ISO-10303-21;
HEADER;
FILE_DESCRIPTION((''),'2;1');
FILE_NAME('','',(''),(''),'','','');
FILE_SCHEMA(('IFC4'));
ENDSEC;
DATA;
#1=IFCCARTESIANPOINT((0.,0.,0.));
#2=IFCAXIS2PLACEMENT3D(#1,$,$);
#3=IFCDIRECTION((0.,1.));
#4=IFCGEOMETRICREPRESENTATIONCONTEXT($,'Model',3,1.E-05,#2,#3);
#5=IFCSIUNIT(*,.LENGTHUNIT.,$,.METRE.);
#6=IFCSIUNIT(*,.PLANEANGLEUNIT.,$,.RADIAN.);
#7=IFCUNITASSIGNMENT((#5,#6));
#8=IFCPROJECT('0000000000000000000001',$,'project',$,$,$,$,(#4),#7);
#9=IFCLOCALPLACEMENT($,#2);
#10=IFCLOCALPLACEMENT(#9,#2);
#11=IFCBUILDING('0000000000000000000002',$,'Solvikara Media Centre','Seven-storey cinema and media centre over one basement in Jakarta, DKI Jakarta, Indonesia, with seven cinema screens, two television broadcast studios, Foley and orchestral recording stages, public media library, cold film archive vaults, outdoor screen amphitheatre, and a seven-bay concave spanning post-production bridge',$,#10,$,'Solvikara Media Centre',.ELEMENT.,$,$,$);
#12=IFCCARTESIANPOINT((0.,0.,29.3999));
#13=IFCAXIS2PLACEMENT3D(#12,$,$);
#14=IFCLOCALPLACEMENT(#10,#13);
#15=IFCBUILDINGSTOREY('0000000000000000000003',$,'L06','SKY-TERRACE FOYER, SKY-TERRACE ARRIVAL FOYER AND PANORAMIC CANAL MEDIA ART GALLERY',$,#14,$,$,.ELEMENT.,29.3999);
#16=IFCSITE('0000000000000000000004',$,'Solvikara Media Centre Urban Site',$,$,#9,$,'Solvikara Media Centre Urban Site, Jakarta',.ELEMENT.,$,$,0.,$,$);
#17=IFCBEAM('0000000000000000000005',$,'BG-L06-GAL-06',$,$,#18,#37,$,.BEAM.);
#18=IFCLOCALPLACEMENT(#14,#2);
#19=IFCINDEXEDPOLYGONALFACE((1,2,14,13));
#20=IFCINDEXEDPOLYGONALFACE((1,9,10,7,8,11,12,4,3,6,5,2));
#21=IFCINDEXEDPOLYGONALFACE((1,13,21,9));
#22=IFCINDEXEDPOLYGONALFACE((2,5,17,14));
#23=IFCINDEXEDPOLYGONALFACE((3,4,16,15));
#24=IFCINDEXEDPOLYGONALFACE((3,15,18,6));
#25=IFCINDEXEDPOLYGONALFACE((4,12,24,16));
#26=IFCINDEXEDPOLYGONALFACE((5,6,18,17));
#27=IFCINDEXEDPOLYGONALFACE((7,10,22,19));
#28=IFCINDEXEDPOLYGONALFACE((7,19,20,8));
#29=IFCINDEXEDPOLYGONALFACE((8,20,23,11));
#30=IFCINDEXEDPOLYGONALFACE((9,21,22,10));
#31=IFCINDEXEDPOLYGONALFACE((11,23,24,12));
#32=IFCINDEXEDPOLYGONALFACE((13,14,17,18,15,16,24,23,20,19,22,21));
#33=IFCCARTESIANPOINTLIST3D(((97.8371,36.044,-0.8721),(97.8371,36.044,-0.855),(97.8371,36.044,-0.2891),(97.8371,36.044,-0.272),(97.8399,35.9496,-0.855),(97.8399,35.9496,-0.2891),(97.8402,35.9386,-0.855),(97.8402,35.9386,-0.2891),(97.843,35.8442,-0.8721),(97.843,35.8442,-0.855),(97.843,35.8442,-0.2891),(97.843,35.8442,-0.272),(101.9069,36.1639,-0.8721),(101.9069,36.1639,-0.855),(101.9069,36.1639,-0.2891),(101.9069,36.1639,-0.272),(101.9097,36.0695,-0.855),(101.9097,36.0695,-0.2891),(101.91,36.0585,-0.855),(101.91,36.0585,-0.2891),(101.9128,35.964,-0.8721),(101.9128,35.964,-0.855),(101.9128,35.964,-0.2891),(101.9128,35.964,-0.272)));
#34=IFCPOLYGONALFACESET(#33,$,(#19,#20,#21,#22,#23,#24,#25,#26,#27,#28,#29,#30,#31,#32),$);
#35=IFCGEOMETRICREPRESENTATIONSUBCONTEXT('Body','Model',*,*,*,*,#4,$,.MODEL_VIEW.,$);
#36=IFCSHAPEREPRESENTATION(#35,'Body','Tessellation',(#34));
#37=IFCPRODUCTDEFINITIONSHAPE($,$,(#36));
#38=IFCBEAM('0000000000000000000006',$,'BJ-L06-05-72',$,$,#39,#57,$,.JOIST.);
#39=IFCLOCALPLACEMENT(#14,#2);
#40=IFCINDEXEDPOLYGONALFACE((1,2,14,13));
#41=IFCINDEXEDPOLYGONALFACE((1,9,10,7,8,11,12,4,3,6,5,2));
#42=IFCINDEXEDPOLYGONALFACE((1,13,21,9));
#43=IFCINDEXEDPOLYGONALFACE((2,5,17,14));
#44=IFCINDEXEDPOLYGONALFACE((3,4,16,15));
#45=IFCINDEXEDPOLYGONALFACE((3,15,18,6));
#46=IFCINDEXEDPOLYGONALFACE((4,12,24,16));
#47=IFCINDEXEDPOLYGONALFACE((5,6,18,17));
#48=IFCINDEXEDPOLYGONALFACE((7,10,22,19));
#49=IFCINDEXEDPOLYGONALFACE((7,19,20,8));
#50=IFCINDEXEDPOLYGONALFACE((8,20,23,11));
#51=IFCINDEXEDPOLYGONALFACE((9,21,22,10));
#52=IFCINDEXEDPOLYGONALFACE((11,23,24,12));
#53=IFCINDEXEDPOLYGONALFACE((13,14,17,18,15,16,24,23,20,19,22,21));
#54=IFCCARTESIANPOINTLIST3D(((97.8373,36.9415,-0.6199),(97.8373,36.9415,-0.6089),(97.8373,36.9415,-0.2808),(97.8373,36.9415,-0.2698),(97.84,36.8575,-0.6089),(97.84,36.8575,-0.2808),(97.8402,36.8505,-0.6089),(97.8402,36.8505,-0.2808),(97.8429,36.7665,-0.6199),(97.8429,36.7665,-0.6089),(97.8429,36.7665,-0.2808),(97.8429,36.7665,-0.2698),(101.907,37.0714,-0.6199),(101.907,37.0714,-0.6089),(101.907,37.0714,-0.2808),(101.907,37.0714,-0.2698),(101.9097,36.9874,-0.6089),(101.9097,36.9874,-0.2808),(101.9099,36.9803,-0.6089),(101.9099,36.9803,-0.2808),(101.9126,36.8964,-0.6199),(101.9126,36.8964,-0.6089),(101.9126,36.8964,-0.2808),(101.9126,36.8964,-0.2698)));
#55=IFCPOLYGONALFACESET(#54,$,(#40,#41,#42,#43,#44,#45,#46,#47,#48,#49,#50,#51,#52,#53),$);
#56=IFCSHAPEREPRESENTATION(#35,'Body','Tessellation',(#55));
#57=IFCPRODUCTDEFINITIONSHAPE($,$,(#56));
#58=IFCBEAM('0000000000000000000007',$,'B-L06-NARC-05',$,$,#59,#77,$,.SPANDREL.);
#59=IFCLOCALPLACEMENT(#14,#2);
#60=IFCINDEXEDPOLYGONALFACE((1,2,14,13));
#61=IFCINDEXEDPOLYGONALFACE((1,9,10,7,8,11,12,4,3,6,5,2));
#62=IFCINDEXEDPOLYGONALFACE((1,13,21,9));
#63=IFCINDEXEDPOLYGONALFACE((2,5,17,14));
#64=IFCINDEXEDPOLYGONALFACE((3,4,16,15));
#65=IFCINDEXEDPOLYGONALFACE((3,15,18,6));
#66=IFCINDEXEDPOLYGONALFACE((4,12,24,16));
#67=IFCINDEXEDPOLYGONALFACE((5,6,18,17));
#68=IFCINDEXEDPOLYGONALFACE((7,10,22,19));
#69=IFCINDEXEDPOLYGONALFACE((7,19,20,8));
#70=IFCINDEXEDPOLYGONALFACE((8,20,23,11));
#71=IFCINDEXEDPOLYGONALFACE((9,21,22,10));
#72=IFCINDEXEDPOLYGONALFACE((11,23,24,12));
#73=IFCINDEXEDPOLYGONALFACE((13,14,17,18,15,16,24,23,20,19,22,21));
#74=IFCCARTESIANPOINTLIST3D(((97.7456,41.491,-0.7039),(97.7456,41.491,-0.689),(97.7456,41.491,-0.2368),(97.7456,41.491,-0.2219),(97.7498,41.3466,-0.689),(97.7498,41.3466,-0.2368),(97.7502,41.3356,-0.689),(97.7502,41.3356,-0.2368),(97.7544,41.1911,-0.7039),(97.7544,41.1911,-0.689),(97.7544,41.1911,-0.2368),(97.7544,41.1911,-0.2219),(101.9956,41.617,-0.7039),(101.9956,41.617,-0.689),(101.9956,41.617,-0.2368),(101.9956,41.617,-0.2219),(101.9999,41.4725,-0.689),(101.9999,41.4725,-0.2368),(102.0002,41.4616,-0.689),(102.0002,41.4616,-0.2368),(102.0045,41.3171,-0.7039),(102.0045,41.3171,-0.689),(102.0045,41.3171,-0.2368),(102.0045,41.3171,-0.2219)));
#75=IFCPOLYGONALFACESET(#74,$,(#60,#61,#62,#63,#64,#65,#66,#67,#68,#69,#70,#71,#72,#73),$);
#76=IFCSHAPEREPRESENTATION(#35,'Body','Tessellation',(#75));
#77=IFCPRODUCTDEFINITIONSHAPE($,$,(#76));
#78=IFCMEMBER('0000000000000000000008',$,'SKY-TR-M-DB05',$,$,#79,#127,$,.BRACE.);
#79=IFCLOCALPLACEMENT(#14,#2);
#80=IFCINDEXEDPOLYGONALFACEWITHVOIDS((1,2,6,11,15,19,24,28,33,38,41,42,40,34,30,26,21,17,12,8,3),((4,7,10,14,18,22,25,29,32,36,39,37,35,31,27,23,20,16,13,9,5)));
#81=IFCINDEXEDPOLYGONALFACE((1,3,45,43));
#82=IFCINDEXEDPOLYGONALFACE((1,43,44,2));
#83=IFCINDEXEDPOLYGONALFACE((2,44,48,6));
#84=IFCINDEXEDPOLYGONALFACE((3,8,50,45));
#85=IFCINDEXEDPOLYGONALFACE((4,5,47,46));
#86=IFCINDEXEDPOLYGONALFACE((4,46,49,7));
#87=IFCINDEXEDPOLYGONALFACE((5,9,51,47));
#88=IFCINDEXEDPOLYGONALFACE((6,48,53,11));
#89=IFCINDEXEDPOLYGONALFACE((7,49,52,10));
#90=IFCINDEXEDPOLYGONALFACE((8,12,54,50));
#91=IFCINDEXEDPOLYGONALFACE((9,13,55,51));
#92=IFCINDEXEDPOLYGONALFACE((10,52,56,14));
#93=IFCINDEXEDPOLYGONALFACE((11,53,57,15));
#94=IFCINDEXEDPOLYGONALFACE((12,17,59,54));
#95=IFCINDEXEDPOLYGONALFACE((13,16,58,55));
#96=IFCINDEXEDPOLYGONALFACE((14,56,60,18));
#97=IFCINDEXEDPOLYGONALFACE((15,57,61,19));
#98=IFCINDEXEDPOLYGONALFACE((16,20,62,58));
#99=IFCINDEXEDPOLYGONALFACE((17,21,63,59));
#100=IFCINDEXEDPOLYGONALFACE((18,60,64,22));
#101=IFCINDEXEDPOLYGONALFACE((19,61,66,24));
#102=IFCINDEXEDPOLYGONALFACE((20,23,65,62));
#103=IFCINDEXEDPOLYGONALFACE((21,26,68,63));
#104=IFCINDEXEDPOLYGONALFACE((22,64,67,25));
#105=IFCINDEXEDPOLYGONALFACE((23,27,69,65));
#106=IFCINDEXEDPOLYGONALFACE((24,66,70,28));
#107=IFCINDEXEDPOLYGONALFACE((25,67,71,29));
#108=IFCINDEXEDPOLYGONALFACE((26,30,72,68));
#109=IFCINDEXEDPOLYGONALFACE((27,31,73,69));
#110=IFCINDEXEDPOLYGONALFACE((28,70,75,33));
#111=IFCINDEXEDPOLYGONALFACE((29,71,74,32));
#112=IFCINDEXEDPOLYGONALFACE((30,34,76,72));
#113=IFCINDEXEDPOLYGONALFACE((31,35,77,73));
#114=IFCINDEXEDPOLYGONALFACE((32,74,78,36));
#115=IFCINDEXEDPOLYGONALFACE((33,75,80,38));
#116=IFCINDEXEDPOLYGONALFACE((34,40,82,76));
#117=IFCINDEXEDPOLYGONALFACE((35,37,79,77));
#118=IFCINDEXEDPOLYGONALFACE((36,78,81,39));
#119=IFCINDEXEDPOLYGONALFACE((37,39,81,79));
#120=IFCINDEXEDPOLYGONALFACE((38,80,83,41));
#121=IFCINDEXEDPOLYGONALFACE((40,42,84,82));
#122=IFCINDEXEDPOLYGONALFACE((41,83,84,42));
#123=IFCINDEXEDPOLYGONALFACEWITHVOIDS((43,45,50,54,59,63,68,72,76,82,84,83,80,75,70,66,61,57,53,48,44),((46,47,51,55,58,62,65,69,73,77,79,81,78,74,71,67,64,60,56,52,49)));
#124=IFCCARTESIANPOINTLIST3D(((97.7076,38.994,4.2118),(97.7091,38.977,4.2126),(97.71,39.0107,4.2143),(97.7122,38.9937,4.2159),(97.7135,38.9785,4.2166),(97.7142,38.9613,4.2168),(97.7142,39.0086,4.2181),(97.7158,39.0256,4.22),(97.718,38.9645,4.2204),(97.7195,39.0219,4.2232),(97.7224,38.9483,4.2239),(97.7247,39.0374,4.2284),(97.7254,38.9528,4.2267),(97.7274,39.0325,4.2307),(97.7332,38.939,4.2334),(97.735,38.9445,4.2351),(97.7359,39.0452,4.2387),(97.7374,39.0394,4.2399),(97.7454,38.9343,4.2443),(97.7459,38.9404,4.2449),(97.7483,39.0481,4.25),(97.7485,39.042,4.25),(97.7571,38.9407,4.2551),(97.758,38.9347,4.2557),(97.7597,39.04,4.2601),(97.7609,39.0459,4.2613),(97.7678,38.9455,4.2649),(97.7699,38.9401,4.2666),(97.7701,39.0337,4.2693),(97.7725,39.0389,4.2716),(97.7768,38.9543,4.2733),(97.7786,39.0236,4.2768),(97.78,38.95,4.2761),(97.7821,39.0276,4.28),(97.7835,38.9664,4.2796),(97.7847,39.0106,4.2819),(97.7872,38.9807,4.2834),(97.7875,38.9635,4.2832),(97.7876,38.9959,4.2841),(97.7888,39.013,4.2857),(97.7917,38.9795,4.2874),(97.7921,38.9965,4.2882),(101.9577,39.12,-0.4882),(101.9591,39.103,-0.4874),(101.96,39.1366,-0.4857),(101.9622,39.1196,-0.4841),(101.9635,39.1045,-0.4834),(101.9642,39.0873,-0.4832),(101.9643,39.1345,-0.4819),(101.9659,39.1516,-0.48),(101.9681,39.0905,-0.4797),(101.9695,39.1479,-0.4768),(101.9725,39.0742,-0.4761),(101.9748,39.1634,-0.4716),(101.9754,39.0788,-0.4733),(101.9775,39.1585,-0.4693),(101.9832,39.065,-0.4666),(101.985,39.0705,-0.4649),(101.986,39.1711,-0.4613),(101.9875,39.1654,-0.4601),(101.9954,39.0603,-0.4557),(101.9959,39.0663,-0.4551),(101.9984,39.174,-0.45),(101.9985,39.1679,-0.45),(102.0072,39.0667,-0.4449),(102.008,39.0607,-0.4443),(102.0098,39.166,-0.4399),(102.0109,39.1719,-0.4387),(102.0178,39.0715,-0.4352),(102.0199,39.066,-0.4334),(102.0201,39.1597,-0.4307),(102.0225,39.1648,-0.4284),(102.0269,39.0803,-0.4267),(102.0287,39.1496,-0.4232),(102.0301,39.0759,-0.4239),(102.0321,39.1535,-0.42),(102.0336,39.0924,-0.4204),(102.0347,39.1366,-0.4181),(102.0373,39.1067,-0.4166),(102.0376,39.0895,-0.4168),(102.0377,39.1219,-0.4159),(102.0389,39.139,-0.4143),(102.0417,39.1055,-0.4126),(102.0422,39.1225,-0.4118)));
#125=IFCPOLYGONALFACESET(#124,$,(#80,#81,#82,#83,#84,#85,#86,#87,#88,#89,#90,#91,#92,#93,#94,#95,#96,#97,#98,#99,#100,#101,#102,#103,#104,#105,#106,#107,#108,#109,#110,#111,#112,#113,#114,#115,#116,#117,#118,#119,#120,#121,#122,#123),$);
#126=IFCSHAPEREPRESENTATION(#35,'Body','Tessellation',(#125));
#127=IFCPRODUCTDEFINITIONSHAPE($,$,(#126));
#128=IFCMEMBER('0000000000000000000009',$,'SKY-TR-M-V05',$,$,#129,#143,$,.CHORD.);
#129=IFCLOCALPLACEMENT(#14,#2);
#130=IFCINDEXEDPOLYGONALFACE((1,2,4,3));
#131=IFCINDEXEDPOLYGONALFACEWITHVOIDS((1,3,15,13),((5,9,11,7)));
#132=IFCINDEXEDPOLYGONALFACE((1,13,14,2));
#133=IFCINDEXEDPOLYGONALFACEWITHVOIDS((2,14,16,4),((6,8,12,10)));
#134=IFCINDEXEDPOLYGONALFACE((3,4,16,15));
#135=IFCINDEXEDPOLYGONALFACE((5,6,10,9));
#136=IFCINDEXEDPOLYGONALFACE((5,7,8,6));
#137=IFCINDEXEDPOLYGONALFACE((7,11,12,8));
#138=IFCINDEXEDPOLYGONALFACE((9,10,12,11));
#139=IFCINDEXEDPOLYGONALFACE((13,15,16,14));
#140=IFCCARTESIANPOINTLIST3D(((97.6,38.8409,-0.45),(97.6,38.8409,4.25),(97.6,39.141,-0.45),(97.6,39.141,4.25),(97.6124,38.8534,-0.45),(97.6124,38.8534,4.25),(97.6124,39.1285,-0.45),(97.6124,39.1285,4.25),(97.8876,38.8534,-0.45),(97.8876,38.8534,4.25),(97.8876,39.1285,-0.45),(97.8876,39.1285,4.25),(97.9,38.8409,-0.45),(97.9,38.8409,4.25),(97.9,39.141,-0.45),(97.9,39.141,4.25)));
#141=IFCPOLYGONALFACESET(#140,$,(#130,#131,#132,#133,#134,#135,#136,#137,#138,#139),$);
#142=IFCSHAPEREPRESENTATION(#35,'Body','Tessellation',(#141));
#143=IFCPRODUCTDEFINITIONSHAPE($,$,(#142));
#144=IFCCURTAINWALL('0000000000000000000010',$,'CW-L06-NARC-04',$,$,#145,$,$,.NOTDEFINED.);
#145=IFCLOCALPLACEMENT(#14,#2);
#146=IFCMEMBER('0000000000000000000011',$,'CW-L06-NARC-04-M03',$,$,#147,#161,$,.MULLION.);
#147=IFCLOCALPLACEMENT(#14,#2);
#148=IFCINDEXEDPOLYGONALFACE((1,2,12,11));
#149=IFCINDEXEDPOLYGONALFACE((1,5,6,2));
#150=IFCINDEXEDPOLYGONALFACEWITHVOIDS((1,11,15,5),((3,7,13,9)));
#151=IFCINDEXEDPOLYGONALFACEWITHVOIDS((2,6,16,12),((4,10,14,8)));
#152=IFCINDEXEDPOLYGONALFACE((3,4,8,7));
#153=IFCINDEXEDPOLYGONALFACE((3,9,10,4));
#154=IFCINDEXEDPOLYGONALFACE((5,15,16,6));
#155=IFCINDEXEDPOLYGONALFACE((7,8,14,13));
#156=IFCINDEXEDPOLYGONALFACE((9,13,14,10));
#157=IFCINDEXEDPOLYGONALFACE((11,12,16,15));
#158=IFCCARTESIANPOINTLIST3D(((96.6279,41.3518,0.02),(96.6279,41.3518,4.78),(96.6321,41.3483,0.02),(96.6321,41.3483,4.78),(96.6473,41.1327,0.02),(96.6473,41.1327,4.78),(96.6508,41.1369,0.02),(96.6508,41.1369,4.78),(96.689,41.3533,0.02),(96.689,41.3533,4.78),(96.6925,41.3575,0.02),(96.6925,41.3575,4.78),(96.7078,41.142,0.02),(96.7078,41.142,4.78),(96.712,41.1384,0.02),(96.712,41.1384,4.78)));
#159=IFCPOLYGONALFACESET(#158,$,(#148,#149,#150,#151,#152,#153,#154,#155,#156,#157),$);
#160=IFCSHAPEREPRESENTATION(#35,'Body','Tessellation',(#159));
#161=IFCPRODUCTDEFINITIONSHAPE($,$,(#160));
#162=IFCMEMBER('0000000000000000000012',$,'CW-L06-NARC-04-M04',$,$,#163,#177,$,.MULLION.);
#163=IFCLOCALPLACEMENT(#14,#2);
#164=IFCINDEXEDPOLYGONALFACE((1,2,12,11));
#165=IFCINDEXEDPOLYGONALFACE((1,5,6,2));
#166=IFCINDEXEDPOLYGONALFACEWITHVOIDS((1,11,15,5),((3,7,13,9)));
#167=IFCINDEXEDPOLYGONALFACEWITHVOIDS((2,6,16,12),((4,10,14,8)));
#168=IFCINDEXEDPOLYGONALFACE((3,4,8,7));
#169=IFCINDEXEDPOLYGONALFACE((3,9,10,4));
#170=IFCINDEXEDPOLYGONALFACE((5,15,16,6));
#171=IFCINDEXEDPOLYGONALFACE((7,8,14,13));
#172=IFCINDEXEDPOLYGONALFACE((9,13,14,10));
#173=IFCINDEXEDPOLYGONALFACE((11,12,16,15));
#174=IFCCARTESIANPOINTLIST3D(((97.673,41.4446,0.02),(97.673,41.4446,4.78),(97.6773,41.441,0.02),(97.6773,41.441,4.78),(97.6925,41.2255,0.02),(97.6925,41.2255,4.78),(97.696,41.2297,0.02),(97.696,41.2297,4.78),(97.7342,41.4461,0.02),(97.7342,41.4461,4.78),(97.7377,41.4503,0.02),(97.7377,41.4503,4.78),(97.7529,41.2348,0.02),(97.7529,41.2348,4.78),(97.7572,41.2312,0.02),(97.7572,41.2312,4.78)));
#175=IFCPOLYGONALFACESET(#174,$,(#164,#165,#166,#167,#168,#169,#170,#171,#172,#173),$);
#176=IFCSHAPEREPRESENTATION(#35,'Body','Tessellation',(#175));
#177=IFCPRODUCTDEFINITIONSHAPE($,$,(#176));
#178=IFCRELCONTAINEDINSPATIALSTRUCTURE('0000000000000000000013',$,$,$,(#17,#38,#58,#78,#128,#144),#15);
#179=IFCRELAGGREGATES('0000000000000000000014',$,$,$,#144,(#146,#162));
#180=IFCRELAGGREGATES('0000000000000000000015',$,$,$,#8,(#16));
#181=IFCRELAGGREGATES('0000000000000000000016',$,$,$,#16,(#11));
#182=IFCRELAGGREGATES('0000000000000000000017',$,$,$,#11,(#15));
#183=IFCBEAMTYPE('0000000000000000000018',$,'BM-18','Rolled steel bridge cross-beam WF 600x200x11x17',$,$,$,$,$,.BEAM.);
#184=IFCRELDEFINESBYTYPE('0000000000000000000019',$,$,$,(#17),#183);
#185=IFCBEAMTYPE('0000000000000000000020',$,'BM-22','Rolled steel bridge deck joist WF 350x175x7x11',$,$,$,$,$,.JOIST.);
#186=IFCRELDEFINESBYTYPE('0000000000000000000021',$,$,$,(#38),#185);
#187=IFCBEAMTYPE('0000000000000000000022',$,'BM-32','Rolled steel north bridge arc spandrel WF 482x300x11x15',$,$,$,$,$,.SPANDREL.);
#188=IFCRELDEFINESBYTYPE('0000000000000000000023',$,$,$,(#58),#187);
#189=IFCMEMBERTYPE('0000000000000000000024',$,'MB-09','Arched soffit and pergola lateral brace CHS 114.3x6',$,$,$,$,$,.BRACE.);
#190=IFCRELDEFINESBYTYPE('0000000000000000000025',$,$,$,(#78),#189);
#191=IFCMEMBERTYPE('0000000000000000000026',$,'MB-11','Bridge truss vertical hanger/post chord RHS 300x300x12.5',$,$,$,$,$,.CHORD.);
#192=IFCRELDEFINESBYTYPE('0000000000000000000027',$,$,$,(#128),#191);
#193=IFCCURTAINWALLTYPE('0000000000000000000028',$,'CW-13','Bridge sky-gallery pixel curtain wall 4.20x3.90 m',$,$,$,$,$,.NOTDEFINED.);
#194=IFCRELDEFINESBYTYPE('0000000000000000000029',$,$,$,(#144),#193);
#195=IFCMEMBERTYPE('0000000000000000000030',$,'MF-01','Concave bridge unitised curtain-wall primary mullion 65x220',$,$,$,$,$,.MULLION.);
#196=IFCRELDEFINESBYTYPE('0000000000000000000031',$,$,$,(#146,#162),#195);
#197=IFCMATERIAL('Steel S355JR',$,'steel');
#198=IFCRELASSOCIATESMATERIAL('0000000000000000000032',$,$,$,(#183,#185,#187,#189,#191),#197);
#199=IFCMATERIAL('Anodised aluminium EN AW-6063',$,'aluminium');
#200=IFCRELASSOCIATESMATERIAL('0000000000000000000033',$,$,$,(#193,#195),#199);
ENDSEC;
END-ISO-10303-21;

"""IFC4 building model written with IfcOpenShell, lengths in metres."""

from ifc_helpers import new_model, si_unit, direction, frame, origin, origin_2d, place, context, subcontext, project, spatial, hollow_rectangle, hollow_circle, i_section, extrude, material, material_profile, profile_set, type_object, element, aggregate, save


model = new_model("IFC4")

# Units and contexts
model_context = context("Model", 3, precision=1e-05, world=origin(), true_north=direction((0.0, 1.0)))
body_context = subcontext(model_context, "Body", "Model", "MODEL_VIEW")
ifc_project = project(units=[si_unit("LENGTHUNIT", "METRE"), si_unit("PLANEANGLEUNIT", "RADIAN")], contexts=[model_context])

# Site, building, storey
site_placement = place(None, origin())
site = spatial("IfcSite", under=ifc_project, at=site_placement, Name="Solvikara Media Centre Urban Site", LongName="Solvikara Media Centre Urban Site, Jakarta", CompositionType="ELEMENT", RefElevation=0.0)
building_placement = place(site_placement, origin())
building = spatial("IfcBuilding", under=site, at=building_placement, Name="Solvikara Media Centre", Description="Seven-storey cinema and media centre over one basement in Jakarta, DKI Jakarta, Indonesia, with seven cinema screens, two television broadcast studios, Foley and orchestral recording stages, public media library, cold film archive vaults, outdoor screen amphitheatre, and a seven-bay concave spanning post-production bridge", LongName="Solvikara Media Centre", CompositionType="ELEMENT")
storey_placement = place(building_placement, frame((0.0, 0.0, 29.3999)))
storey = spatial("IfcBuildingStorey", under=building, at=storey_placement, Name="L06", Description="SKY-TERRACE FOYER, SKY-TERRACE ARRIVAL FOYER AND PANORAMIC CANAL MEDIA ART GALLERY", CompositionType="ELEMENT", Elevation=29.3999)

# Beams
ifc_material_1 = material(Name="Steel S355JR", Category="steel")
ifc_material_profile_1 = material_profile(ifc_material_1, i_section(OverallWidth=0.2, OverallDepth=0.6001, WebThickness=0.011, FlangeThickness=0.0171, at=origin_2d()), Name="WF 600x200x11x17")
ifc_profile_set_1 = profile_set([ifc_material_profile_1], Name="Steel S355JR")
beam_type_1 = type_object("IfcBeamType", Name="BM-18", Description="Rolled steel bridge cross-beam WF 600x200x11x17", PredefinedType="BEAM", material=ifc_profile_set_1)
beam_1_placement = place(storey_placement, frame((97.8401, 35.9441, -0.572), z_axis=(0.999567, 0.029441, 0.0), x_axis=(-0.029441, 0.999567, 0.0)))
element("IfcBeam", 1, at=beam_1_placement, inside=storey, type_object=beam_type_1, Name="BG-L06-GAL-06", PredefinedType="BEAM", context=body_context, shape_type="SweptSolid", body=[
    extrude(i_section(OverallWidth=0.2, OverallDepth=0.6001, WebThickness=0.011, FlangeThickness=0.0171, at=origin_2d()), origin(), (0.0, 0.0, 1.0), 4.0715),
])
ifc_material_profile_2 = material_profile(ifc_material_1, i_section(OverallWidth=0.175, OverallDepth=0.3501, WebThickness=0.0071, FlangeThickness=0.011, at=origin_2d()), Name="WF 350x175x7x11")
ifc_profile_set_2 = profile_set([ifc_material_profile_2], Name="Steel S355JR")
beam_type_2 = type_object("IfcBeamType", Name="BM-22", Description="Rolled steel bridge deck joist WF 350x175x7x11", PredefinedType="JOIST", material=ifc_profile_set_2)
beam_2_placement = place(storey_placement, frame((97.8401, 36.854, -0.4448), z_axis=(0.999491, 0.031897, 0.0), x_axis=(-0.031897, 0.999491, 0.0)))
element("IfcBeam", 2, at=beam_2_placement, inside=storey, type_object=beam_type_2, Name="BJ-L06-05-72", PredefinedType="JOIST", context=body_context, shape_type="SweptSolid", body=[
    extrude(i_section(OverallWidth=0.175, OverallDepth=0.3501, WebThickness=0.0071, FlangeThickness=0.011, at=origin_2d()), origin(), (0.0, 0.0, 1.0), 4.0718),
])
ifc_material_profile_3 = material_profile(ifc_material_1, i_section(OverallWidth=0.3, OverallDepth=0.4819, WebThickness=0.011, FlangeThickness=0.0149, at=origin_2d()), Name="WF 482x300x11x15")
ifc_profile_set_3 = profile_set([ifc_material_profile_3], Name="Steel S355JR")
beam_type_3 = type_object("IfcBeamType", Name="BM-32", Description="Rolled steel north bridge arc spandrel WF 482x300x11x15", PredefinedType="SPANDREL", material=ifc_profile_set_3)
beam_3_placement = place(storey_placement, frame((97.75, 41.3411, -0.4629), z_axis=(0.999561, 0.029629, 0.0), x_axis=(-0.029629, 0.999561, 0.0)))
element("IfcBeam", 3, at=beam_3_placement, inside=storey, type_object=beam_type_3, Name="B-L06-NARC-05", PredefinedType="SPANDREL", context=body_context, shape_type="SweptSolid", body=[
    extrude(i_section(OverallWidth=0.3, OverallDepth=0.4819, WebThickness=0.011, FlangeThickness=0.0149, at=origin_2d()), origin(), (0.0, 0.0, 1.0), 4.252),
])

# Members
ifc_material_profile_4 = material_profile(ifc_material_1, hollow_circle(Radius=0.0571, WallThickness=0.0061, at=origin_2d()), Name="CHS 114.3x6")
ifc_profile_set_4 = profile_set([ifc_material_profile_4], Name="Steel S355JR")
member_type_1 = type_object("IfcMemberType", Name="MB-09", Description="Arched soffit and pergola lateral brace CHS 114.3x6", PredefinedType="BRACE", material=ifc_profile_set_4)
member_1_placement = place(storey_placement, frame((97.75, 38.991, 4.25), z_axis=(0.670578, 0.019877, -0.741573), x_axis=(-0.029629, 0.999561, 0.0)))
element("IfcMember", 4, at=member_1_placement, inside=storey, type_object=member_type_1, Name="SKY-TR-M-DB05", PredefinedType="BRACE", context=body_context, shape_type="SweptSolid", body=[
    extrude(hollow_circle(Radius=0.0571, WallThickness=0.0061, at=origin_2d()), origin(), (0.0, 0.0, 1.0), 6.3379),
])
ifc_material_profile_5 = material_profile(ifc_material_1, hollow_rectangle(XDim=0.3, YDim=0.3, WallThickness=0.0125, at=origin_2d()), Name="RHS 300x300x12.5")
ifc_profile_set_5 = profile_set([ifc_material_profile_5], Name="Steel S355JR")
member_type_2 = type_object("IfcMemberType", Name="MB-11", Description="Bridge truss vertical hanger/post chord RHS 300x300x12.5", PredefinedType="CHORD", material=ifc_profile_set_5)
member_2_placement = place(storey_placement, frame((97.75, 38.991, -0.45), z_axis=(0.0, 0.0, 1.0), x_axis=(1.0, 0.0, 0.0)))
element("IfcMember", 5, at=member_2_placement, inside=storey, type_object=member_type_2, Name="SKY-TR-M-V05", PredefinedType="CHORD", context=body_context, shape_type="SweptSolid", body=[
    extrude(hollow_rectangle(XDim=0.3, YDim=0.3, WallThickness=0.0125, at=origin_2d()), origin(), (0.0, 0.0, 1.0), 4.7),
])

# Curtain wall, members
ifc_material_2 = material(Name="Anodised aluminium EN AW-6063", Category="aluminium")
curtain_wall_type = type_object("IfcCurtainWallType", Name="CW-13", Description="Bridge sky-gallery pixel curtain wall 4.20x3.90 m", PredefinedType="NOTDEFINED", material=ifc_material_2)
curtain_wall_1_placement = place(storey_placement, origin())
curtain_wall_1 = element("IfcCurtainWall", 6, at=curtain_wall_1_placement, inside=storey, type_object=curtain_wall_type, Name="CW-L06-NARC-04", PredefinedType="NOTDEFINED")
ifc_material_profile_6 = material_profile(ifc_material_2, hollow_rectangle(XDim=0.0649, YDim=0.22, WallThickness=0.0039, at=origin_2d()), Name="ALU-M 65x220x4")
ifc_profile_set_6 = profile_set([ifc_material_profile_6], Name="Anodised aluminium EN AW-6063")
member_type_3 = type_object("IfcMemberType", Name="MF-01", Description="Concave bridge unitised curtain-wall primary mullion 65x220", PredefinedType="MULLION", material=ifc_profile_set_6)
member_3_placement = place(storey_placement, frame((96.6699, 41.2451, 0.02), z_axis=(0.0, 0.0, 1.0), x_axis=(0.996084, 0.088408, 0.0)))
member_3 = element("IfcMember", 7, at=member_3_placement, type_object=member_type_3, Name="CW-L06-NARC-04-M03", PredefinedType="MULLION", context=body_context, shape_type="SweptSolid", body=[
    extrude(hollow_rectangle(XDim=0.0649, YDim=0.22, WallThickness=0.0039, at=origin_2d()), origin(), (0.0, 0.0, 1.0), 4.76),
])
member_4_placement = place(storey_placement, frame((97.7151, 41.3379, 0.02), z_axis=(0.0, 0.0, 1.0), x_axis=(0.996084, 0.088408, 0.0)))
member_4 = element("IfcMember", 8, at=member_4_placement, type_object=member_type_3, Name="CW-L06-NARC-04-M04", PredefinedType="MULLION", context=body_context, shape_type="SweptSolid", body=[
    extrude(hollow_rectangle(XDim=0.0649, YDim=0.22, WallThickness=0.0039, at=origin_2d()), origin(), (0.0, 0.0, 1.0), 4.76),
])

aggregate(curtain_wall_1, [member_3, member_4])

save(model, "model.ifc")
